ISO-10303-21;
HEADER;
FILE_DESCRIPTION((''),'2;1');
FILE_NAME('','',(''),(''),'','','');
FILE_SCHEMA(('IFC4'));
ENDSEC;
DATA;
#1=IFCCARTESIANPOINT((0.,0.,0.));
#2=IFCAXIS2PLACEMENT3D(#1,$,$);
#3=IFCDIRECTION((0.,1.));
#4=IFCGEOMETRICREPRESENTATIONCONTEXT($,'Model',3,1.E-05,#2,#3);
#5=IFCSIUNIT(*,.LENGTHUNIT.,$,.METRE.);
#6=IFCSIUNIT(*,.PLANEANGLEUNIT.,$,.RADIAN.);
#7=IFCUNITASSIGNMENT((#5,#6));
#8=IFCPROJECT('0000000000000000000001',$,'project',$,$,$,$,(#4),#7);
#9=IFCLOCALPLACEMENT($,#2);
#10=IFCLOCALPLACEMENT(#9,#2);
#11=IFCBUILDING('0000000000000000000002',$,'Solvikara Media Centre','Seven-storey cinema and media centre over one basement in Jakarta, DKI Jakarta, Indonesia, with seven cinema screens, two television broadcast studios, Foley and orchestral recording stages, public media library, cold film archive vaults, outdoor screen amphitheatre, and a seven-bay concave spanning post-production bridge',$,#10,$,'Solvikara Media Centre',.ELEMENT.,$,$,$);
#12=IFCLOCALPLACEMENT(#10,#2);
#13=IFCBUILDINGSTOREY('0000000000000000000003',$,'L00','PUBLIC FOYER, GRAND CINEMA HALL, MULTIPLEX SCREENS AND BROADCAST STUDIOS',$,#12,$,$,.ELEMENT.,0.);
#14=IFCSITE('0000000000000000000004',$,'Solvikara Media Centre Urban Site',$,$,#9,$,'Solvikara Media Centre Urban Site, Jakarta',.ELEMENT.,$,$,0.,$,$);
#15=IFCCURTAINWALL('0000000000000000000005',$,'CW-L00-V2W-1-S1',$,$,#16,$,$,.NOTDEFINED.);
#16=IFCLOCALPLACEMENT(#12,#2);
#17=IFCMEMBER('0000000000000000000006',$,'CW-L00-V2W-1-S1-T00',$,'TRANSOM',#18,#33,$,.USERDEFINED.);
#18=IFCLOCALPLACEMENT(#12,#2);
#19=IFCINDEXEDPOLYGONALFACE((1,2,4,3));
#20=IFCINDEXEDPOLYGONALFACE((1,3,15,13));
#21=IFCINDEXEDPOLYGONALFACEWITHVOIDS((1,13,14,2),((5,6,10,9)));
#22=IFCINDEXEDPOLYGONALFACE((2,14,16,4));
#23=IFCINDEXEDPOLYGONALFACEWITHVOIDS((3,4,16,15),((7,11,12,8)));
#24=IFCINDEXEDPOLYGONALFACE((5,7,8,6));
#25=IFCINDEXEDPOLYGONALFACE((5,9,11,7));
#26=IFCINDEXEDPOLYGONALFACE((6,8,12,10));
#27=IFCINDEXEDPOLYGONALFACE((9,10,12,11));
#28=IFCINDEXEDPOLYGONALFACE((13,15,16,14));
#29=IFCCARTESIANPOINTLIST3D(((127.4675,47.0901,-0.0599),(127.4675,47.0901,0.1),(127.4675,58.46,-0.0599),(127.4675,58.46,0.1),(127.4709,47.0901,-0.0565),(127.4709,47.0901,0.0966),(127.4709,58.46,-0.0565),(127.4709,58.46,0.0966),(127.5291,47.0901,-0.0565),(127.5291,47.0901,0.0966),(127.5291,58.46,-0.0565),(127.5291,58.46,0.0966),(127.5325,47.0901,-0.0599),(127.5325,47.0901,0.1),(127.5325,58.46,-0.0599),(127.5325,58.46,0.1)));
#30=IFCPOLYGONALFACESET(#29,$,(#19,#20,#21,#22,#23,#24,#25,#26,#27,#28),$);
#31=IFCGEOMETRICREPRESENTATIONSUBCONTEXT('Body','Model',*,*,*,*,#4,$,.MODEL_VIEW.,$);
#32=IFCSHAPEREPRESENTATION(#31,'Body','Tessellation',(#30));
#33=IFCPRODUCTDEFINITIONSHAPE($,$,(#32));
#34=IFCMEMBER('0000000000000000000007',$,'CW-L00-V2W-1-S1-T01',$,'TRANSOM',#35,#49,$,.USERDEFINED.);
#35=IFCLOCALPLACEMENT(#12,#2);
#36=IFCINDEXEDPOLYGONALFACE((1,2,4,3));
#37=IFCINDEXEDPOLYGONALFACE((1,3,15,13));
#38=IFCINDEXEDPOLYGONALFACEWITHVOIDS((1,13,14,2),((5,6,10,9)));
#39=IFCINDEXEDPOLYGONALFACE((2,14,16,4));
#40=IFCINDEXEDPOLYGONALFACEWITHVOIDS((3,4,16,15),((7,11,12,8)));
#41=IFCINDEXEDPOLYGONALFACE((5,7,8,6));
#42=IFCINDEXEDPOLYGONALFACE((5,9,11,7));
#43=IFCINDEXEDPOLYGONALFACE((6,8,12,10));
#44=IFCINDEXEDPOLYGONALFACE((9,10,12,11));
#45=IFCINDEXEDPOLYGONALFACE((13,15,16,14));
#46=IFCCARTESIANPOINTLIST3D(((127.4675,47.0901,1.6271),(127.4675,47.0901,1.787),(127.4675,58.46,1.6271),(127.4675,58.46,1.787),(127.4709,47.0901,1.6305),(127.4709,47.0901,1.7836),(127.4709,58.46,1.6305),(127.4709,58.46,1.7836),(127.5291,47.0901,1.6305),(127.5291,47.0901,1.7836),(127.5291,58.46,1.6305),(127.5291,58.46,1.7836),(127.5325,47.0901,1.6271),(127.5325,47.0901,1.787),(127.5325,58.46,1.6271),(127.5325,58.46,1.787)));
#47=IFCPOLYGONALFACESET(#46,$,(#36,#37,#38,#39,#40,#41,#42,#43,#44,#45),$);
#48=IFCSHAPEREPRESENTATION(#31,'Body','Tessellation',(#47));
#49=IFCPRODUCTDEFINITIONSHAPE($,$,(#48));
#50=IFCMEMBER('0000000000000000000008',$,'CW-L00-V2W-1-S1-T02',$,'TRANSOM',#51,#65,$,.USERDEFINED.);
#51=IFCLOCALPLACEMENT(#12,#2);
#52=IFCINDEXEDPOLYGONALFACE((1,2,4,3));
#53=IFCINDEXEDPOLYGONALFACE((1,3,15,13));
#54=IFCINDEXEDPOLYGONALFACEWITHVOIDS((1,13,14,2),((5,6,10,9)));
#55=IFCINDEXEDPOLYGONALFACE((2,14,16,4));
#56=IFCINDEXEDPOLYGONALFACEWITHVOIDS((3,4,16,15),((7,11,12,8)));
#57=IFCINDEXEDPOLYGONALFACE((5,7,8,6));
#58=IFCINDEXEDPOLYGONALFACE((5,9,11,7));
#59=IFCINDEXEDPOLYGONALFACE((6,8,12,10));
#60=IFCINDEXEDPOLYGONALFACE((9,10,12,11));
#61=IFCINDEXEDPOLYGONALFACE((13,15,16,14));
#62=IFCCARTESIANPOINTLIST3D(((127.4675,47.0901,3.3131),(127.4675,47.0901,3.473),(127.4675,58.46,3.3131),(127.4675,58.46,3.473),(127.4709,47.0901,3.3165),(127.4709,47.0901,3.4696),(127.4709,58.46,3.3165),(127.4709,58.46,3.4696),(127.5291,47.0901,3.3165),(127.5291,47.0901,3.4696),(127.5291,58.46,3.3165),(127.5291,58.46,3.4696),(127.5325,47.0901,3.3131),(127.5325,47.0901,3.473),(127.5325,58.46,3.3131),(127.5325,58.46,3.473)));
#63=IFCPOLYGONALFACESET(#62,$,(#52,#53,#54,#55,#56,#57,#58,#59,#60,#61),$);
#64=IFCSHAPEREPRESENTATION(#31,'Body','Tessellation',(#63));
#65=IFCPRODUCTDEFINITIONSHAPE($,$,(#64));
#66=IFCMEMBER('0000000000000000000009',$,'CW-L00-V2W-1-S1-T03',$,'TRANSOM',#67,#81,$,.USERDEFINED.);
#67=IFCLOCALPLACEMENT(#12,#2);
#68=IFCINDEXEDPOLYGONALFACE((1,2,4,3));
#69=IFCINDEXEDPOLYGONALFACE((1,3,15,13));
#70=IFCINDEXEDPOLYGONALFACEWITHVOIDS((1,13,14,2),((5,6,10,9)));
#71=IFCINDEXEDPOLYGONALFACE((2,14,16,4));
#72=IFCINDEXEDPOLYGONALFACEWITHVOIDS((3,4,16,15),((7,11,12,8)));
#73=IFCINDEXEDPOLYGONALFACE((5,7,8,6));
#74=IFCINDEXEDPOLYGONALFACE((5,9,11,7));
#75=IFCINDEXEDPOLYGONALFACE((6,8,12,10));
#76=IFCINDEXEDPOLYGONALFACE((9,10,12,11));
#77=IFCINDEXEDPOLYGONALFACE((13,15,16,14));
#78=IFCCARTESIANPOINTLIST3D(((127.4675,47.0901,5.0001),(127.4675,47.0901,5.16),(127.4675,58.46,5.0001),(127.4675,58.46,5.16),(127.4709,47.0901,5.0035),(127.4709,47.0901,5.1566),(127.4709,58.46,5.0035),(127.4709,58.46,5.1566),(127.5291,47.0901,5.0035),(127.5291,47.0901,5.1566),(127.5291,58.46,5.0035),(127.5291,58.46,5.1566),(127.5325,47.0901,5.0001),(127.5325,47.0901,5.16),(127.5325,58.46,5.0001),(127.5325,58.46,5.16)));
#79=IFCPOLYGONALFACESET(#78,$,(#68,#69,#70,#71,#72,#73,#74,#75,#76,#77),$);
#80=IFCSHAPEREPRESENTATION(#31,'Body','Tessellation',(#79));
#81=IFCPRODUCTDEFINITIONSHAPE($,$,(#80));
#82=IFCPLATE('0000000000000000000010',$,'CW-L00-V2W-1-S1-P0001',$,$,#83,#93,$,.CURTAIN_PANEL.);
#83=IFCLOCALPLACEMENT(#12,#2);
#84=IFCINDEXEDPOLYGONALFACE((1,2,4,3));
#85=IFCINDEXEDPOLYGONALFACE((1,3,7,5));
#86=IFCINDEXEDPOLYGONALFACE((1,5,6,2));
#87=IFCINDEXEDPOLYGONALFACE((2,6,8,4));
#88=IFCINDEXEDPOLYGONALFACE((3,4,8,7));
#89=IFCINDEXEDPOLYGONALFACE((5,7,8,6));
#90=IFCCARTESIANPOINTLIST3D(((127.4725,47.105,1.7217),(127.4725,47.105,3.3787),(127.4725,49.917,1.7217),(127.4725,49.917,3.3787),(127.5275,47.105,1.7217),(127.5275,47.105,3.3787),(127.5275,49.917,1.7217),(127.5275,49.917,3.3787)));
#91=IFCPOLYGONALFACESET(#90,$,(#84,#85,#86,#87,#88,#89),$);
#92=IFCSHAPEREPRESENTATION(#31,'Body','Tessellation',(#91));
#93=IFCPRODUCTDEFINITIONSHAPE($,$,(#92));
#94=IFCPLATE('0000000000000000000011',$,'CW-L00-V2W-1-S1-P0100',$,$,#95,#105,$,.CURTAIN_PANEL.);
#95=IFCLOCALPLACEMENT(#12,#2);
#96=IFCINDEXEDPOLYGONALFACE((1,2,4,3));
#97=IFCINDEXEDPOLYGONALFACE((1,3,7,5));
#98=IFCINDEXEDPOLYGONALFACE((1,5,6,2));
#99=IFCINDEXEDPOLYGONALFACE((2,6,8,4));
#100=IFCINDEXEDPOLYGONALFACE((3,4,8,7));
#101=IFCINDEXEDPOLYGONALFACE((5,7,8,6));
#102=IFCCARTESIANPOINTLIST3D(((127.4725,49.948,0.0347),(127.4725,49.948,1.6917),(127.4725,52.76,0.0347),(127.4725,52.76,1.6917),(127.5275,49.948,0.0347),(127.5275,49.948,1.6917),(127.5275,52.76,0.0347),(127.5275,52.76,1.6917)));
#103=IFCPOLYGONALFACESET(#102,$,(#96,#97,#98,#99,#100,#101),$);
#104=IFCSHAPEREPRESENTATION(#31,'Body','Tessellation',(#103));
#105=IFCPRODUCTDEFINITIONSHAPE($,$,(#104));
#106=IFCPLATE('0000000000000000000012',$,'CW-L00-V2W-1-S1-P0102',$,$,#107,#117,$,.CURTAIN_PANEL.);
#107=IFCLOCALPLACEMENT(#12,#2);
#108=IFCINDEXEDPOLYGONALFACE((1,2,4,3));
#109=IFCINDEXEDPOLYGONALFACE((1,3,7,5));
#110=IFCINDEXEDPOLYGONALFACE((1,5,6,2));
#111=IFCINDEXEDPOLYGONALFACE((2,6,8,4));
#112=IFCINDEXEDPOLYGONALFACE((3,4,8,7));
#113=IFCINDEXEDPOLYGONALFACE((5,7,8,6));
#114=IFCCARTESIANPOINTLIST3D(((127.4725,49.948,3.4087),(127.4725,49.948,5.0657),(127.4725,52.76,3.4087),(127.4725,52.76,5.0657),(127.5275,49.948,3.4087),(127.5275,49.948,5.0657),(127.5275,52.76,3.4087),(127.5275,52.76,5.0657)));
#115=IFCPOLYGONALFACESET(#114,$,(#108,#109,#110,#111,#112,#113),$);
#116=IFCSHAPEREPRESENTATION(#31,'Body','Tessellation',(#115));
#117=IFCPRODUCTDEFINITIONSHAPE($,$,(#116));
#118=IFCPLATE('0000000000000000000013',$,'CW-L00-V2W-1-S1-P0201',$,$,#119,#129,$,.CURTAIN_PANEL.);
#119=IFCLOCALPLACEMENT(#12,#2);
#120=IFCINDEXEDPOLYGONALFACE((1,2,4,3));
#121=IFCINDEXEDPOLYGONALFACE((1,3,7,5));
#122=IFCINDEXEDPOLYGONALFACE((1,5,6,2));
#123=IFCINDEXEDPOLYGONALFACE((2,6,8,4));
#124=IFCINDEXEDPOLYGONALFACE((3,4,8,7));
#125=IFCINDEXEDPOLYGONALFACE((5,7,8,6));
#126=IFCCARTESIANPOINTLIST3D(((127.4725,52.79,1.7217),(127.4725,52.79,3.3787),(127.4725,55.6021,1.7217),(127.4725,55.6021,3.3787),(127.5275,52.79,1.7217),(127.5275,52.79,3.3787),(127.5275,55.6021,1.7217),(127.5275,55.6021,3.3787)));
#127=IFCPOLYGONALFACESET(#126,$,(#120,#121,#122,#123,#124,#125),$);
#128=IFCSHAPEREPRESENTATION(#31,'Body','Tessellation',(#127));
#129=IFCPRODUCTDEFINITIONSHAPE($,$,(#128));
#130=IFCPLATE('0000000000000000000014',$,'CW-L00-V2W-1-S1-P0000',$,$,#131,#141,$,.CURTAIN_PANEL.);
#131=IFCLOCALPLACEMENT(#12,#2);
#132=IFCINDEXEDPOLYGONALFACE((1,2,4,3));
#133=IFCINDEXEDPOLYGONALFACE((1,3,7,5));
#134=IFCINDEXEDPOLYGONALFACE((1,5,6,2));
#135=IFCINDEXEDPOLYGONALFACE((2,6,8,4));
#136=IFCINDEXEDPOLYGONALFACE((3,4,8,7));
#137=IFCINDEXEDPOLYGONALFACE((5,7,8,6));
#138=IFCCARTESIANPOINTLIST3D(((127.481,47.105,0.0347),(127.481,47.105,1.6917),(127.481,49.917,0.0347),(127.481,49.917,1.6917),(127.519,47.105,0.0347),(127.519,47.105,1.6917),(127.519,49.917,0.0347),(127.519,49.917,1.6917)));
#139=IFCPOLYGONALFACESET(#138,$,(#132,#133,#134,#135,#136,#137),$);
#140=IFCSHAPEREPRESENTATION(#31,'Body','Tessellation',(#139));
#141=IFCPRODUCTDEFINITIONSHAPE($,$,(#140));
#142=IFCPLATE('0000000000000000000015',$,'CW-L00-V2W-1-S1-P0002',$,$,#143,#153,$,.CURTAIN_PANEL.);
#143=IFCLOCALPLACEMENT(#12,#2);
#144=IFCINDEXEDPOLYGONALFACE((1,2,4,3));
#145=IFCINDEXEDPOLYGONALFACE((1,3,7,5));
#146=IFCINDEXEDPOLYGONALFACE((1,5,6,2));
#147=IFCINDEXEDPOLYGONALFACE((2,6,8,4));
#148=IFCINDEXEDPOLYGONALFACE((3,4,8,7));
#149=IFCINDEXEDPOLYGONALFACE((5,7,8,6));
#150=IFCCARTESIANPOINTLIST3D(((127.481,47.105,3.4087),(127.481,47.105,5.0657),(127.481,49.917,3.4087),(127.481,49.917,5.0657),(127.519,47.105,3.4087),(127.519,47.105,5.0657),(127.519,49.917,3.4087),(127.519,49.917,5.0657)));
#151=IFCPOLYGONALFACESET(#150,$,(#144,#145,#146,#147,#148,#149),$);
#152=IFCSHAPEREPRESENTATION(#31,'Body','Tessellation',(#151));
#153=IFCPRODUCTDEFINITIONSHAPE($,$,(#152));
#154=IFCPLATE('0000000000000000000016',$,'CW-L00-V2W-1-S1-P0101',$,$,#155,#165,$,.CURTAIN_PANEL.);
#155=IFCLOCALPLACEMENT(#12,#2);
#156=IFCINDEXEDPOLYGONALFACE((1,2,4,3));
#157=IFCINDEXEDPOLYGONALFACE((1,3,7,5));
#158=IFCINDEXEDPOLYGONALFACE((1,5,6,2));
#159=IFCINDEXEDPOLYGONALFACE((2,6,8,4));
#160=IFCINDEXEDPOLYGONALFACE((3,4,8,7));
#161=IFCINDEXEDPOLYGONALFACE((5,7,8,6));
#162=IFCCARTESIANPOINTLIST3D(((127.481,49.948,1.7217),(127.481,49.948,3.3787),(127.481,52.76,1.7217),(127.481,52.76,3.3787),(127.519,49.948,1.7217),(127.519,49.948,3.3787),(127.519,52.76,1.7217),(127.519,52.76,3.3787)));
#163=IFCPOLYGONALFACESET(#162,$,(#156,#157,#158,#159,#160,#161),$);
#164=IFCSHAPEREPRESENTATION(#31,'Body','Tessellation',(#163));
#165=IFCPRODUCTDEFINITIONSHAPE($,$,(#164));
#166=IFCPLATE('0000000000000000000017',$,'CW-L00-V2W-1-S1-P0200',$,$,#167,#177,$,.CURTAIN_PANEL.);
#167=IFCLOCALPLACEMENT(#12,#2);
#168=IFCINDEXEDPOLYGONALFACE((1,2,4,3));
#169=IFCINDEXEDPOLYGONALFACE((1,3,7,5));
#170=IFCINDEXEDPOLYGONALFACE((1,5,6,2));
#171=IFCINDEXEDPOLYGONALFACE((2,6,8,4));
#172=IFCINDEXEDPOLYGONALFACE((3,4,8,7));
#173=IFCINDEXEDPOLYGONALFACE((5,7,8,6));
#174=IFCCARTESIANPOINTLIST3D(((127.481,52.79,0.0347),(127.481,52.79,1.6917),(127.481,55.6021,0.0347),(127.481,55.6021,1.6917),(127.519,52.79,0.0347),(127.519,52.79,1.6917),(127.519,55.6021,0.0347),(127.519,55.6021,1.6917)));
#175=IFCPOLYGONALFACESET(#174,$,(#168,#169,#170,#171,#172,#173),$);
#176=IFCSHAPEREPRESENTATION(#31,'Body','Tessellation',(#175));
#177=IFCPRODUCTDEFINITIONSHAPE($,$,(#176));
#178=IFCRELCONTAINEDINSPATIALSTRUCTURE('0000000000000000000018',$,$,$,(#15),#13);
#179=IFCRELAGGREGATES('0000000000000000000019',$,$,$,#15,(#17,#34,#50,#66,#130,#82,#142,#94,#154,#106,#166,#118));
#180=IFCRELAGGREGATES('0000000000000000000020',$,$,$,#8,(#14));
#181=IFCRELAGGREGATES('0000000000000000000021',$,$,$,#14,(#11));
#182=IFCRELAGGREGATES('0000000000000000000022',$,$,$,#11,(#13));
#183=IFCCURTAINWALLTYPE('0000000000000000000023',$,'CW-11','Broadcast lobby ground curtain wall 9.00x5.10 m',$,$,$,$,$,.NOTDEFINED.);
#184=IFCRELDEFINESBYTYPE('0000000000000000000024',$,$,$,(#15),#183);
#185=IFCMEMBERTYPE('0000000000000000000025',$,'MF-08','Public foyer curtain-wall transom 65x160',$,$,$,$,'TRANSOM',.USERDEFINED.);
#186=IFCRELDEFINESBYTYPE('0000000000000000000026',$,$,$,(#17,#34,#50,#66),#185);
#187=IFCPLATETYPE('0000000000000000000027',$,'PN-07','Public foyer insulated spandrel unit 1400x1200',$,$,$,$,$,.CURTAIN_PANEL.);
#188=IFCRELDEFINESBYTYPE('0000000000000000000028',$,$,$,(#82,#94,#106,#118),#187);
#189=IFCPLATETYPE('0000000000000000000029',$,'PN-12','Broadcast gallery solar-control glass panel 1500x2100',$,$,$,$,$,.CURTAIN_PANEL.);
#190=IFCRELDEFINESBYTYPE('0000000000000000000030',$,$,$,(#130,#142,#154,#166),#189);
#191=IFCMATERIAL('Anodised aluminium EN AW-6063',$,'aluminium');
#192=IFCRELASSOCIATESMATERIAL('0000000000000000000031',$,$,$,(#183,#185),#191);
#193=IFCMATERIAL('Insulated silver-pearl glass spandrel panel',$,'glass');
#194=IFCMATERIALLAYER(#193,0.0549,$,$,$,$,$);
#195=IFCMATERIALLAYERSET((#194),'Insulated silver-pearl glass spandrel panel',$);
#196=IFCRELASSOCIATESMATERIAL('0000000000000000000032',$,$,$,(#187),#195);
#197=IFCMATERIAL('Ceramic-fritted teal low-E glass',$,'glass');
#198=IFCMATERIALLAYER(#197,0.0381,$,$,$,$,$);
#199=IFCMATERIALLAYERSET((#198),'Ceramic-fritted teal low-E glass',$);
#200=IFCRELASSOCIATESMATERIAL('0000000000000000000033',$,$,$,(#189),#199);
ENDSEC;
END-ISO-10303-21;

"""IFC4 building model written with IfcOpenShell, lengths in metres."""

from ifc_helpers import new_model, si_unit, direction, frame, origin, origin_2d, place, context, subcontext, project, spatial, rectangle, hollow_rectangle, extrude, material, layer, layer_set, material_profile, profile_set, type_object, element, aggregate, save


model = new_model("IFC4")

# Units and contexts
model_context = context("Model", 3, precision=1e-05, world=origin(), true_north=direction((0.0, 1.0)))
body_context = subcontext(model_context, "Body", "Model", "MODEL_VIEW")
ifc_project = project(units=[si_unit("LENGTHUNIT", "METRE"), si_unit("PLANEANGLEUNIT", "RADIAN")], contexts=[model_context])

# Site, building, storey
site_placement = place(None, origin())
site = spatial("IfcSite", under=ifc_project, at=site_placement, Name="Solvikara Media Centre Urban Site", LongName="Solvikara Media Centre Urban Site, Jakarta", CompositionType="ELEMENT", RefElevation=0.0)
building_placement = place(site_placement, origin())
building = spatial("IfcBuilding", under=site, at=building_placement, Name="Solvikara Media Centre", Description="Seven-storey cinema and media centre over one basement in Jakarta, DKI Jakarta, Indonesia, with seven cinema screens, two television broadcast studios, Foley and orchestral recording stages, public media library, cold film archive vaults, outdoor screen amphitheatre, and a seven-bay concave spanning post-production bridge", LongName="Solvikara Media Centre", CompositionType="ELEMENT")
storey_placement = place(building_placement, origin())
storey = spatial("IfcBuildingStorey", under=building, at=storey_placement, Name="L00", Description="PUBLIC FOYER, GRAND CINEMA HALL, MULTIPLEX SCREENS AND BROADCAST STUDIOS", CompositionType="ELEMENT", Elevation=0.0)

# Curtain wall, members, plates
ifc_material_1 = material(Name="Anodised aluminium EN AW-6063", Category="aluminium")
curtain_wall_type = type_object("IfcCurtainWallType", Name="CW-11", Description="Broadcast lobby ground curtain wall 9.00x5.10 m", PredefinedType="NOTDEFINED", material=ifc_material_1)
curtain_wall_placement = place(storey_placement, origin())
curtain_wall = element("IfcCurtainWall", 1, at=curtain_wall_placement, inside=storey, type_object=curtain_wall_type, Name="CW-L00-V2W-1-S1", PredefinedType="NOTDEFINED")
ifc_material_profile_1 = material_profile(ifc_material_1, hollow_rectangle(XDim=0.0649, YDim=0.1599, WallThickness=0.0034, at=origin_2d()), Name="ALU-T 65x160x3.5")
ifc_profile_set_1 = profile_set([ifc_material_profile_1], Name="Anodised aluminium EN AW-6063")
member_type_1 = type_object("IfcMemberType", Name="MF-08", Description="Public foyer curtain-wall transom 65x160", ElementType="TRANSOM", PredefinedType="USERDEFINED", material=ifc_profile_set_1)
member_1_placement = place(storey_placement, frame((127.5, 47.0901, 0.02), z_axis=(0.0, 1.0, 0.0), x_axis=(-1.0, 0.0, 0.0)))
member_1 = element("IfcMember", 2, at=member_1_placement, type_object=member_type_1, Name="CW-L00-V2W-1-S1-T00", ObjectType="TRANSOM", PredefinedType="USERDEFINED", context=body_context, shape_type="SweptSolid", body=[
    extrude(hollow_rectangle(XDim=0.0649, YDim=0.1599, WallThickness=0.0034, at=origin_2d()), origin(), (0.0, 0.0, 1.0), 11.3699),
])
member_2_placement = place(storey_placement, frame((127.5, 47.0901, 1.707), z_axis=(0.0, 1.0, 0.0), x_axis=(-1.0, 0.0, 0.0)))
member_2 = element("IfcMember", 3, at=member_2_placement, type_object=member_type_1, Name="CW-L00-V2W-1-S1-T01", ObjectType="TRANSOM", PredefinedType="USERDEFINED", context=body_context, shape_type="SweptSolid", body=[
    extrude(hollow_rectangle(XDim=0.0649, YDim=0.1599, WallThickness=0.0034, at=origin_2d()), origin(), (0.0, 0.0, 1.0), 11.3699),
])
member_3_placement = place(storey_placement, frame((127.5, 47.0901, 3.3931), z_axis=(0.0, 1.0, 0.0), x_axis=(-1.0, 0.0, 0.0)))
member_3 = element("IfcMember", 4, at=member_3_placement, type_object=member_type_1, Name="CW-L00-V2W-1-S1-T02", ObjectType="TRANSOM", PredefinedType="USERDEFINED", context=body_context, shape_type="SweptSolid", body=[
    extrude(hollow_rectangle(XDim=0.0649, YDim=0.1599, WallThickness=0.0034, at=origin_2d()), origin(), (0.0, 0.0, 1.0), 11.3699),
])
member_4_placement = place(storey_placement, frame((127.5, 47.0901, 5.0801), z_axis=(0.0, 1.0, 0.0), x_axis=(-1.0, 0.0, 0.0)))
member_4 = element("IfcMember", 5, at=member_4_placement, type_object=member_type_1, Name="CW-L00-V2W-1-S1-T03", ObjectType="TRANSOM", PredefinedType="USERDEFINED", context=body_context, shape_type="SweptSolid", body=[
    extrude(hollow_rectangle(XDim=0.0649, YDim=0.1599, WallThickness=0.0034, at=origin_2d()), origin(), (0.0, 0.0, 1.0), 11.3699),
])
ifc_material_2 = material(Name="Insulated silver-pearl glass spandrel panel", Category="glass")
ifc_layer_1 = layer(ifc_material_2, 0.0549)
ifc_layer_set_1 = layer_set([ifc_layer_1], Name="Insulated silver-pearl glass spandrel panel")
plate_type_1 = type_object("IfcPlateType", Name="PN-07", Description="Public foyer insulated spandrel unit 1400x1200", PredefinedType="CURTAIN_PANEL", material=ifc_layer_set_1)
plate_1_placement = place(storey_placement, frame((127.5, 48.511, 1.7217), z_axis=(0.0, 0.0, 1.0), x_axis=(0.0, 1.0, 0.0)))
plate_1 = element("IfcPlate", 6, at=plate_1_placement, type_object=plate_type_1, Name="CW-L00-V2W-1-S1-P0001", PredefinedType="CURTAIN_PANEL", context=body_context, shape_type="SweptSolid", body=[
    extrude(rectangle(XDim=2.812, YDim=0.0549, at=origin_2d()), origin(), (0.0, 0.0, 1.0), 1.657),
])
plate_2_placement = place(storey_placement, frame((127.5, 51.354, 0.0347), z_axis=(0.0, 0.0, 1.0), x_axis=(0.0, 1.0, 0.0)))
plate_2 = element("IfcPlate", 7, at=plate_2_placement, type_object=plate_type_1, Name="CW-L00-V2W-1-S1-P0100", PredefinedType="CURTAIN_PANEL", context=body_context, shape_type="SweptSolid", body=[
    extrude(rectangle(XDim=2.812, YDim=0.0549, at=origin_2d()), origin(), (0.0, 0.0, 1.0), 1.657),
])
plate_3_placement = place(storey_placement, frame((127.5, 51.354, 3.4087), z_axis=(0.0, 0.0, 1.0), x_axis=(0.0, 1.0, 0.0)))
plate_3 = element("IfcPlate", 8, at=plate_3_placement, type_object=plate_type_1, Name="CW-L00-V2W-1-S1-P0102", PredefinedType="CURTAIN_PANEL", context=body_context, shape_type="SweptSolid", body=[
    extrude(rectangle(XDim=2.812, YDim=0.0549, at=origin_2d()), origin(), (0.0, 0.0, 1.0), 1.657),
])
plate_4_placement = place(storey_placement, frame((127.5, 54.196, 1.7217), z_axis=(0.0, 0.0, 1.0), x_axis=(0.0, 1.0, 0.0)))
plate_4 = element("IfcPlate", 9, at=plate_4_placement, type_object=plate_type_1, Name="CW-L00-V2W-1-S1-P0201", PredefinedType="CURTAIN_PANEL", context=body_context, shape_type="SweptSolid", body=[
    extrude(rectangle(XDim=2.812, YDim=0.0549, at=origin_2d()), origin(), (0.0, 0.0, 1.0), 1.657),
])
ifc_material_3 = material(Name="Ceramic-fritted teal low-E glass", Category="glass")
ifc_layer_2 = layer(ifc_material_3, 0.0381)
ifc_layer_set_2 = layer_set([ifc_layer_2], Name="Ceramic-fritted teal low-E glass")
plate_type_2 = type_object("IfcPlateType", Name="PN-12", Description="Broadcast gallery solar-control glass panel 1500x2100", PredefinedType="CURTAIN_PANEL", material=ifc_layer_set_2)
plate_5_placement = place(storey_placement, frame((127.5, 48.511, 0.0347), z_axis=(0.0, 0.0, 1.0), x_axis=(0.0, 1.0, 0.0)))
plate_5 = element("IfcPlate", 10, at=plate_5_placement, type_object=plate_type_2, Name="CW-L00-V2W-1-S1-P0000", PredefinedType="CURTAIN_PANEL", context=body_context, shape_type="SweptSolid", body=[
    extrude(rectangle(XDim=2.812, YDim=0.0381, at=origin_2d()), origin(), (0.0, 0.0, 1.0), 1.657),
])
plate_6_placement = place(storey_placement, frame((127.5, 48.511, 3.4087), z_axis=(0.0, 0.0, 1.0), x_axis=(0.0, 1.0, 0.0)))
plate_6 = element("IfcPlate", 11, at=plate_6_placement, type_object=plate_type_2, Name="CW-L00-V2W-1-S1-P0002", PredefinedType="CURTAIN_PANEL", context=body_context, shape_type="SweptSolid", body=[
    extrude(rectangle(XDim=2.812, YDim=0.0381, at=origin_2d()), origin(), (0.0, 0.0, 1.0), 1.657),
])
plate_7_placement = place(storey_placement, frame((127.5, 51.354, 1.7217), z_axis=(0.0, 0.0, 1.0), x_axis=(0.0, 1.0, 0.0)))
plate_7 = element("IfcPlate", 12, at=plate_7_placement, type_object=plate_type_2, Name="CW-L00-V2W-1-S1-P0101", PredefinedType="CURTAIN_PANEL", context=body_context, shape_type="SweptSolid", body=[
    extrude(rectangle(XDim=2.812, YDim=0.0381, at=origin_2d()), origin(), (0.0, 0.0, 1.0), 1.657),
])
plate_8_placement = place(storey_placement, frame((127.5, 54.196, 0.0347), z_axis=(0.0, 0.0, 1.0), x_axis=(0.0, 1.0, 0.0)))
plate_8 = element("IfcPlate", 13, at=plate_8_placement, type_object=plate_type_2, Name="CW-L00-V2W-1-S1-P0200", PredefinedType="CURTAIN_PANEL", context=body_context, shape_type="SweptSolid", body=[
    extrude(rectangle(XDim=2.812, YDim=0.0381, at=origin_2d()), origin(), (0.0, 0.0, 1.0), 1.657),
])
aggregate(curtain_wall, [member_1, member_2, member_3, member_4, plate_5, plate_1, plate_6, plate_2, plate_7, plate_3, plate_8, plate_4])

save(model, "model.ifc")
